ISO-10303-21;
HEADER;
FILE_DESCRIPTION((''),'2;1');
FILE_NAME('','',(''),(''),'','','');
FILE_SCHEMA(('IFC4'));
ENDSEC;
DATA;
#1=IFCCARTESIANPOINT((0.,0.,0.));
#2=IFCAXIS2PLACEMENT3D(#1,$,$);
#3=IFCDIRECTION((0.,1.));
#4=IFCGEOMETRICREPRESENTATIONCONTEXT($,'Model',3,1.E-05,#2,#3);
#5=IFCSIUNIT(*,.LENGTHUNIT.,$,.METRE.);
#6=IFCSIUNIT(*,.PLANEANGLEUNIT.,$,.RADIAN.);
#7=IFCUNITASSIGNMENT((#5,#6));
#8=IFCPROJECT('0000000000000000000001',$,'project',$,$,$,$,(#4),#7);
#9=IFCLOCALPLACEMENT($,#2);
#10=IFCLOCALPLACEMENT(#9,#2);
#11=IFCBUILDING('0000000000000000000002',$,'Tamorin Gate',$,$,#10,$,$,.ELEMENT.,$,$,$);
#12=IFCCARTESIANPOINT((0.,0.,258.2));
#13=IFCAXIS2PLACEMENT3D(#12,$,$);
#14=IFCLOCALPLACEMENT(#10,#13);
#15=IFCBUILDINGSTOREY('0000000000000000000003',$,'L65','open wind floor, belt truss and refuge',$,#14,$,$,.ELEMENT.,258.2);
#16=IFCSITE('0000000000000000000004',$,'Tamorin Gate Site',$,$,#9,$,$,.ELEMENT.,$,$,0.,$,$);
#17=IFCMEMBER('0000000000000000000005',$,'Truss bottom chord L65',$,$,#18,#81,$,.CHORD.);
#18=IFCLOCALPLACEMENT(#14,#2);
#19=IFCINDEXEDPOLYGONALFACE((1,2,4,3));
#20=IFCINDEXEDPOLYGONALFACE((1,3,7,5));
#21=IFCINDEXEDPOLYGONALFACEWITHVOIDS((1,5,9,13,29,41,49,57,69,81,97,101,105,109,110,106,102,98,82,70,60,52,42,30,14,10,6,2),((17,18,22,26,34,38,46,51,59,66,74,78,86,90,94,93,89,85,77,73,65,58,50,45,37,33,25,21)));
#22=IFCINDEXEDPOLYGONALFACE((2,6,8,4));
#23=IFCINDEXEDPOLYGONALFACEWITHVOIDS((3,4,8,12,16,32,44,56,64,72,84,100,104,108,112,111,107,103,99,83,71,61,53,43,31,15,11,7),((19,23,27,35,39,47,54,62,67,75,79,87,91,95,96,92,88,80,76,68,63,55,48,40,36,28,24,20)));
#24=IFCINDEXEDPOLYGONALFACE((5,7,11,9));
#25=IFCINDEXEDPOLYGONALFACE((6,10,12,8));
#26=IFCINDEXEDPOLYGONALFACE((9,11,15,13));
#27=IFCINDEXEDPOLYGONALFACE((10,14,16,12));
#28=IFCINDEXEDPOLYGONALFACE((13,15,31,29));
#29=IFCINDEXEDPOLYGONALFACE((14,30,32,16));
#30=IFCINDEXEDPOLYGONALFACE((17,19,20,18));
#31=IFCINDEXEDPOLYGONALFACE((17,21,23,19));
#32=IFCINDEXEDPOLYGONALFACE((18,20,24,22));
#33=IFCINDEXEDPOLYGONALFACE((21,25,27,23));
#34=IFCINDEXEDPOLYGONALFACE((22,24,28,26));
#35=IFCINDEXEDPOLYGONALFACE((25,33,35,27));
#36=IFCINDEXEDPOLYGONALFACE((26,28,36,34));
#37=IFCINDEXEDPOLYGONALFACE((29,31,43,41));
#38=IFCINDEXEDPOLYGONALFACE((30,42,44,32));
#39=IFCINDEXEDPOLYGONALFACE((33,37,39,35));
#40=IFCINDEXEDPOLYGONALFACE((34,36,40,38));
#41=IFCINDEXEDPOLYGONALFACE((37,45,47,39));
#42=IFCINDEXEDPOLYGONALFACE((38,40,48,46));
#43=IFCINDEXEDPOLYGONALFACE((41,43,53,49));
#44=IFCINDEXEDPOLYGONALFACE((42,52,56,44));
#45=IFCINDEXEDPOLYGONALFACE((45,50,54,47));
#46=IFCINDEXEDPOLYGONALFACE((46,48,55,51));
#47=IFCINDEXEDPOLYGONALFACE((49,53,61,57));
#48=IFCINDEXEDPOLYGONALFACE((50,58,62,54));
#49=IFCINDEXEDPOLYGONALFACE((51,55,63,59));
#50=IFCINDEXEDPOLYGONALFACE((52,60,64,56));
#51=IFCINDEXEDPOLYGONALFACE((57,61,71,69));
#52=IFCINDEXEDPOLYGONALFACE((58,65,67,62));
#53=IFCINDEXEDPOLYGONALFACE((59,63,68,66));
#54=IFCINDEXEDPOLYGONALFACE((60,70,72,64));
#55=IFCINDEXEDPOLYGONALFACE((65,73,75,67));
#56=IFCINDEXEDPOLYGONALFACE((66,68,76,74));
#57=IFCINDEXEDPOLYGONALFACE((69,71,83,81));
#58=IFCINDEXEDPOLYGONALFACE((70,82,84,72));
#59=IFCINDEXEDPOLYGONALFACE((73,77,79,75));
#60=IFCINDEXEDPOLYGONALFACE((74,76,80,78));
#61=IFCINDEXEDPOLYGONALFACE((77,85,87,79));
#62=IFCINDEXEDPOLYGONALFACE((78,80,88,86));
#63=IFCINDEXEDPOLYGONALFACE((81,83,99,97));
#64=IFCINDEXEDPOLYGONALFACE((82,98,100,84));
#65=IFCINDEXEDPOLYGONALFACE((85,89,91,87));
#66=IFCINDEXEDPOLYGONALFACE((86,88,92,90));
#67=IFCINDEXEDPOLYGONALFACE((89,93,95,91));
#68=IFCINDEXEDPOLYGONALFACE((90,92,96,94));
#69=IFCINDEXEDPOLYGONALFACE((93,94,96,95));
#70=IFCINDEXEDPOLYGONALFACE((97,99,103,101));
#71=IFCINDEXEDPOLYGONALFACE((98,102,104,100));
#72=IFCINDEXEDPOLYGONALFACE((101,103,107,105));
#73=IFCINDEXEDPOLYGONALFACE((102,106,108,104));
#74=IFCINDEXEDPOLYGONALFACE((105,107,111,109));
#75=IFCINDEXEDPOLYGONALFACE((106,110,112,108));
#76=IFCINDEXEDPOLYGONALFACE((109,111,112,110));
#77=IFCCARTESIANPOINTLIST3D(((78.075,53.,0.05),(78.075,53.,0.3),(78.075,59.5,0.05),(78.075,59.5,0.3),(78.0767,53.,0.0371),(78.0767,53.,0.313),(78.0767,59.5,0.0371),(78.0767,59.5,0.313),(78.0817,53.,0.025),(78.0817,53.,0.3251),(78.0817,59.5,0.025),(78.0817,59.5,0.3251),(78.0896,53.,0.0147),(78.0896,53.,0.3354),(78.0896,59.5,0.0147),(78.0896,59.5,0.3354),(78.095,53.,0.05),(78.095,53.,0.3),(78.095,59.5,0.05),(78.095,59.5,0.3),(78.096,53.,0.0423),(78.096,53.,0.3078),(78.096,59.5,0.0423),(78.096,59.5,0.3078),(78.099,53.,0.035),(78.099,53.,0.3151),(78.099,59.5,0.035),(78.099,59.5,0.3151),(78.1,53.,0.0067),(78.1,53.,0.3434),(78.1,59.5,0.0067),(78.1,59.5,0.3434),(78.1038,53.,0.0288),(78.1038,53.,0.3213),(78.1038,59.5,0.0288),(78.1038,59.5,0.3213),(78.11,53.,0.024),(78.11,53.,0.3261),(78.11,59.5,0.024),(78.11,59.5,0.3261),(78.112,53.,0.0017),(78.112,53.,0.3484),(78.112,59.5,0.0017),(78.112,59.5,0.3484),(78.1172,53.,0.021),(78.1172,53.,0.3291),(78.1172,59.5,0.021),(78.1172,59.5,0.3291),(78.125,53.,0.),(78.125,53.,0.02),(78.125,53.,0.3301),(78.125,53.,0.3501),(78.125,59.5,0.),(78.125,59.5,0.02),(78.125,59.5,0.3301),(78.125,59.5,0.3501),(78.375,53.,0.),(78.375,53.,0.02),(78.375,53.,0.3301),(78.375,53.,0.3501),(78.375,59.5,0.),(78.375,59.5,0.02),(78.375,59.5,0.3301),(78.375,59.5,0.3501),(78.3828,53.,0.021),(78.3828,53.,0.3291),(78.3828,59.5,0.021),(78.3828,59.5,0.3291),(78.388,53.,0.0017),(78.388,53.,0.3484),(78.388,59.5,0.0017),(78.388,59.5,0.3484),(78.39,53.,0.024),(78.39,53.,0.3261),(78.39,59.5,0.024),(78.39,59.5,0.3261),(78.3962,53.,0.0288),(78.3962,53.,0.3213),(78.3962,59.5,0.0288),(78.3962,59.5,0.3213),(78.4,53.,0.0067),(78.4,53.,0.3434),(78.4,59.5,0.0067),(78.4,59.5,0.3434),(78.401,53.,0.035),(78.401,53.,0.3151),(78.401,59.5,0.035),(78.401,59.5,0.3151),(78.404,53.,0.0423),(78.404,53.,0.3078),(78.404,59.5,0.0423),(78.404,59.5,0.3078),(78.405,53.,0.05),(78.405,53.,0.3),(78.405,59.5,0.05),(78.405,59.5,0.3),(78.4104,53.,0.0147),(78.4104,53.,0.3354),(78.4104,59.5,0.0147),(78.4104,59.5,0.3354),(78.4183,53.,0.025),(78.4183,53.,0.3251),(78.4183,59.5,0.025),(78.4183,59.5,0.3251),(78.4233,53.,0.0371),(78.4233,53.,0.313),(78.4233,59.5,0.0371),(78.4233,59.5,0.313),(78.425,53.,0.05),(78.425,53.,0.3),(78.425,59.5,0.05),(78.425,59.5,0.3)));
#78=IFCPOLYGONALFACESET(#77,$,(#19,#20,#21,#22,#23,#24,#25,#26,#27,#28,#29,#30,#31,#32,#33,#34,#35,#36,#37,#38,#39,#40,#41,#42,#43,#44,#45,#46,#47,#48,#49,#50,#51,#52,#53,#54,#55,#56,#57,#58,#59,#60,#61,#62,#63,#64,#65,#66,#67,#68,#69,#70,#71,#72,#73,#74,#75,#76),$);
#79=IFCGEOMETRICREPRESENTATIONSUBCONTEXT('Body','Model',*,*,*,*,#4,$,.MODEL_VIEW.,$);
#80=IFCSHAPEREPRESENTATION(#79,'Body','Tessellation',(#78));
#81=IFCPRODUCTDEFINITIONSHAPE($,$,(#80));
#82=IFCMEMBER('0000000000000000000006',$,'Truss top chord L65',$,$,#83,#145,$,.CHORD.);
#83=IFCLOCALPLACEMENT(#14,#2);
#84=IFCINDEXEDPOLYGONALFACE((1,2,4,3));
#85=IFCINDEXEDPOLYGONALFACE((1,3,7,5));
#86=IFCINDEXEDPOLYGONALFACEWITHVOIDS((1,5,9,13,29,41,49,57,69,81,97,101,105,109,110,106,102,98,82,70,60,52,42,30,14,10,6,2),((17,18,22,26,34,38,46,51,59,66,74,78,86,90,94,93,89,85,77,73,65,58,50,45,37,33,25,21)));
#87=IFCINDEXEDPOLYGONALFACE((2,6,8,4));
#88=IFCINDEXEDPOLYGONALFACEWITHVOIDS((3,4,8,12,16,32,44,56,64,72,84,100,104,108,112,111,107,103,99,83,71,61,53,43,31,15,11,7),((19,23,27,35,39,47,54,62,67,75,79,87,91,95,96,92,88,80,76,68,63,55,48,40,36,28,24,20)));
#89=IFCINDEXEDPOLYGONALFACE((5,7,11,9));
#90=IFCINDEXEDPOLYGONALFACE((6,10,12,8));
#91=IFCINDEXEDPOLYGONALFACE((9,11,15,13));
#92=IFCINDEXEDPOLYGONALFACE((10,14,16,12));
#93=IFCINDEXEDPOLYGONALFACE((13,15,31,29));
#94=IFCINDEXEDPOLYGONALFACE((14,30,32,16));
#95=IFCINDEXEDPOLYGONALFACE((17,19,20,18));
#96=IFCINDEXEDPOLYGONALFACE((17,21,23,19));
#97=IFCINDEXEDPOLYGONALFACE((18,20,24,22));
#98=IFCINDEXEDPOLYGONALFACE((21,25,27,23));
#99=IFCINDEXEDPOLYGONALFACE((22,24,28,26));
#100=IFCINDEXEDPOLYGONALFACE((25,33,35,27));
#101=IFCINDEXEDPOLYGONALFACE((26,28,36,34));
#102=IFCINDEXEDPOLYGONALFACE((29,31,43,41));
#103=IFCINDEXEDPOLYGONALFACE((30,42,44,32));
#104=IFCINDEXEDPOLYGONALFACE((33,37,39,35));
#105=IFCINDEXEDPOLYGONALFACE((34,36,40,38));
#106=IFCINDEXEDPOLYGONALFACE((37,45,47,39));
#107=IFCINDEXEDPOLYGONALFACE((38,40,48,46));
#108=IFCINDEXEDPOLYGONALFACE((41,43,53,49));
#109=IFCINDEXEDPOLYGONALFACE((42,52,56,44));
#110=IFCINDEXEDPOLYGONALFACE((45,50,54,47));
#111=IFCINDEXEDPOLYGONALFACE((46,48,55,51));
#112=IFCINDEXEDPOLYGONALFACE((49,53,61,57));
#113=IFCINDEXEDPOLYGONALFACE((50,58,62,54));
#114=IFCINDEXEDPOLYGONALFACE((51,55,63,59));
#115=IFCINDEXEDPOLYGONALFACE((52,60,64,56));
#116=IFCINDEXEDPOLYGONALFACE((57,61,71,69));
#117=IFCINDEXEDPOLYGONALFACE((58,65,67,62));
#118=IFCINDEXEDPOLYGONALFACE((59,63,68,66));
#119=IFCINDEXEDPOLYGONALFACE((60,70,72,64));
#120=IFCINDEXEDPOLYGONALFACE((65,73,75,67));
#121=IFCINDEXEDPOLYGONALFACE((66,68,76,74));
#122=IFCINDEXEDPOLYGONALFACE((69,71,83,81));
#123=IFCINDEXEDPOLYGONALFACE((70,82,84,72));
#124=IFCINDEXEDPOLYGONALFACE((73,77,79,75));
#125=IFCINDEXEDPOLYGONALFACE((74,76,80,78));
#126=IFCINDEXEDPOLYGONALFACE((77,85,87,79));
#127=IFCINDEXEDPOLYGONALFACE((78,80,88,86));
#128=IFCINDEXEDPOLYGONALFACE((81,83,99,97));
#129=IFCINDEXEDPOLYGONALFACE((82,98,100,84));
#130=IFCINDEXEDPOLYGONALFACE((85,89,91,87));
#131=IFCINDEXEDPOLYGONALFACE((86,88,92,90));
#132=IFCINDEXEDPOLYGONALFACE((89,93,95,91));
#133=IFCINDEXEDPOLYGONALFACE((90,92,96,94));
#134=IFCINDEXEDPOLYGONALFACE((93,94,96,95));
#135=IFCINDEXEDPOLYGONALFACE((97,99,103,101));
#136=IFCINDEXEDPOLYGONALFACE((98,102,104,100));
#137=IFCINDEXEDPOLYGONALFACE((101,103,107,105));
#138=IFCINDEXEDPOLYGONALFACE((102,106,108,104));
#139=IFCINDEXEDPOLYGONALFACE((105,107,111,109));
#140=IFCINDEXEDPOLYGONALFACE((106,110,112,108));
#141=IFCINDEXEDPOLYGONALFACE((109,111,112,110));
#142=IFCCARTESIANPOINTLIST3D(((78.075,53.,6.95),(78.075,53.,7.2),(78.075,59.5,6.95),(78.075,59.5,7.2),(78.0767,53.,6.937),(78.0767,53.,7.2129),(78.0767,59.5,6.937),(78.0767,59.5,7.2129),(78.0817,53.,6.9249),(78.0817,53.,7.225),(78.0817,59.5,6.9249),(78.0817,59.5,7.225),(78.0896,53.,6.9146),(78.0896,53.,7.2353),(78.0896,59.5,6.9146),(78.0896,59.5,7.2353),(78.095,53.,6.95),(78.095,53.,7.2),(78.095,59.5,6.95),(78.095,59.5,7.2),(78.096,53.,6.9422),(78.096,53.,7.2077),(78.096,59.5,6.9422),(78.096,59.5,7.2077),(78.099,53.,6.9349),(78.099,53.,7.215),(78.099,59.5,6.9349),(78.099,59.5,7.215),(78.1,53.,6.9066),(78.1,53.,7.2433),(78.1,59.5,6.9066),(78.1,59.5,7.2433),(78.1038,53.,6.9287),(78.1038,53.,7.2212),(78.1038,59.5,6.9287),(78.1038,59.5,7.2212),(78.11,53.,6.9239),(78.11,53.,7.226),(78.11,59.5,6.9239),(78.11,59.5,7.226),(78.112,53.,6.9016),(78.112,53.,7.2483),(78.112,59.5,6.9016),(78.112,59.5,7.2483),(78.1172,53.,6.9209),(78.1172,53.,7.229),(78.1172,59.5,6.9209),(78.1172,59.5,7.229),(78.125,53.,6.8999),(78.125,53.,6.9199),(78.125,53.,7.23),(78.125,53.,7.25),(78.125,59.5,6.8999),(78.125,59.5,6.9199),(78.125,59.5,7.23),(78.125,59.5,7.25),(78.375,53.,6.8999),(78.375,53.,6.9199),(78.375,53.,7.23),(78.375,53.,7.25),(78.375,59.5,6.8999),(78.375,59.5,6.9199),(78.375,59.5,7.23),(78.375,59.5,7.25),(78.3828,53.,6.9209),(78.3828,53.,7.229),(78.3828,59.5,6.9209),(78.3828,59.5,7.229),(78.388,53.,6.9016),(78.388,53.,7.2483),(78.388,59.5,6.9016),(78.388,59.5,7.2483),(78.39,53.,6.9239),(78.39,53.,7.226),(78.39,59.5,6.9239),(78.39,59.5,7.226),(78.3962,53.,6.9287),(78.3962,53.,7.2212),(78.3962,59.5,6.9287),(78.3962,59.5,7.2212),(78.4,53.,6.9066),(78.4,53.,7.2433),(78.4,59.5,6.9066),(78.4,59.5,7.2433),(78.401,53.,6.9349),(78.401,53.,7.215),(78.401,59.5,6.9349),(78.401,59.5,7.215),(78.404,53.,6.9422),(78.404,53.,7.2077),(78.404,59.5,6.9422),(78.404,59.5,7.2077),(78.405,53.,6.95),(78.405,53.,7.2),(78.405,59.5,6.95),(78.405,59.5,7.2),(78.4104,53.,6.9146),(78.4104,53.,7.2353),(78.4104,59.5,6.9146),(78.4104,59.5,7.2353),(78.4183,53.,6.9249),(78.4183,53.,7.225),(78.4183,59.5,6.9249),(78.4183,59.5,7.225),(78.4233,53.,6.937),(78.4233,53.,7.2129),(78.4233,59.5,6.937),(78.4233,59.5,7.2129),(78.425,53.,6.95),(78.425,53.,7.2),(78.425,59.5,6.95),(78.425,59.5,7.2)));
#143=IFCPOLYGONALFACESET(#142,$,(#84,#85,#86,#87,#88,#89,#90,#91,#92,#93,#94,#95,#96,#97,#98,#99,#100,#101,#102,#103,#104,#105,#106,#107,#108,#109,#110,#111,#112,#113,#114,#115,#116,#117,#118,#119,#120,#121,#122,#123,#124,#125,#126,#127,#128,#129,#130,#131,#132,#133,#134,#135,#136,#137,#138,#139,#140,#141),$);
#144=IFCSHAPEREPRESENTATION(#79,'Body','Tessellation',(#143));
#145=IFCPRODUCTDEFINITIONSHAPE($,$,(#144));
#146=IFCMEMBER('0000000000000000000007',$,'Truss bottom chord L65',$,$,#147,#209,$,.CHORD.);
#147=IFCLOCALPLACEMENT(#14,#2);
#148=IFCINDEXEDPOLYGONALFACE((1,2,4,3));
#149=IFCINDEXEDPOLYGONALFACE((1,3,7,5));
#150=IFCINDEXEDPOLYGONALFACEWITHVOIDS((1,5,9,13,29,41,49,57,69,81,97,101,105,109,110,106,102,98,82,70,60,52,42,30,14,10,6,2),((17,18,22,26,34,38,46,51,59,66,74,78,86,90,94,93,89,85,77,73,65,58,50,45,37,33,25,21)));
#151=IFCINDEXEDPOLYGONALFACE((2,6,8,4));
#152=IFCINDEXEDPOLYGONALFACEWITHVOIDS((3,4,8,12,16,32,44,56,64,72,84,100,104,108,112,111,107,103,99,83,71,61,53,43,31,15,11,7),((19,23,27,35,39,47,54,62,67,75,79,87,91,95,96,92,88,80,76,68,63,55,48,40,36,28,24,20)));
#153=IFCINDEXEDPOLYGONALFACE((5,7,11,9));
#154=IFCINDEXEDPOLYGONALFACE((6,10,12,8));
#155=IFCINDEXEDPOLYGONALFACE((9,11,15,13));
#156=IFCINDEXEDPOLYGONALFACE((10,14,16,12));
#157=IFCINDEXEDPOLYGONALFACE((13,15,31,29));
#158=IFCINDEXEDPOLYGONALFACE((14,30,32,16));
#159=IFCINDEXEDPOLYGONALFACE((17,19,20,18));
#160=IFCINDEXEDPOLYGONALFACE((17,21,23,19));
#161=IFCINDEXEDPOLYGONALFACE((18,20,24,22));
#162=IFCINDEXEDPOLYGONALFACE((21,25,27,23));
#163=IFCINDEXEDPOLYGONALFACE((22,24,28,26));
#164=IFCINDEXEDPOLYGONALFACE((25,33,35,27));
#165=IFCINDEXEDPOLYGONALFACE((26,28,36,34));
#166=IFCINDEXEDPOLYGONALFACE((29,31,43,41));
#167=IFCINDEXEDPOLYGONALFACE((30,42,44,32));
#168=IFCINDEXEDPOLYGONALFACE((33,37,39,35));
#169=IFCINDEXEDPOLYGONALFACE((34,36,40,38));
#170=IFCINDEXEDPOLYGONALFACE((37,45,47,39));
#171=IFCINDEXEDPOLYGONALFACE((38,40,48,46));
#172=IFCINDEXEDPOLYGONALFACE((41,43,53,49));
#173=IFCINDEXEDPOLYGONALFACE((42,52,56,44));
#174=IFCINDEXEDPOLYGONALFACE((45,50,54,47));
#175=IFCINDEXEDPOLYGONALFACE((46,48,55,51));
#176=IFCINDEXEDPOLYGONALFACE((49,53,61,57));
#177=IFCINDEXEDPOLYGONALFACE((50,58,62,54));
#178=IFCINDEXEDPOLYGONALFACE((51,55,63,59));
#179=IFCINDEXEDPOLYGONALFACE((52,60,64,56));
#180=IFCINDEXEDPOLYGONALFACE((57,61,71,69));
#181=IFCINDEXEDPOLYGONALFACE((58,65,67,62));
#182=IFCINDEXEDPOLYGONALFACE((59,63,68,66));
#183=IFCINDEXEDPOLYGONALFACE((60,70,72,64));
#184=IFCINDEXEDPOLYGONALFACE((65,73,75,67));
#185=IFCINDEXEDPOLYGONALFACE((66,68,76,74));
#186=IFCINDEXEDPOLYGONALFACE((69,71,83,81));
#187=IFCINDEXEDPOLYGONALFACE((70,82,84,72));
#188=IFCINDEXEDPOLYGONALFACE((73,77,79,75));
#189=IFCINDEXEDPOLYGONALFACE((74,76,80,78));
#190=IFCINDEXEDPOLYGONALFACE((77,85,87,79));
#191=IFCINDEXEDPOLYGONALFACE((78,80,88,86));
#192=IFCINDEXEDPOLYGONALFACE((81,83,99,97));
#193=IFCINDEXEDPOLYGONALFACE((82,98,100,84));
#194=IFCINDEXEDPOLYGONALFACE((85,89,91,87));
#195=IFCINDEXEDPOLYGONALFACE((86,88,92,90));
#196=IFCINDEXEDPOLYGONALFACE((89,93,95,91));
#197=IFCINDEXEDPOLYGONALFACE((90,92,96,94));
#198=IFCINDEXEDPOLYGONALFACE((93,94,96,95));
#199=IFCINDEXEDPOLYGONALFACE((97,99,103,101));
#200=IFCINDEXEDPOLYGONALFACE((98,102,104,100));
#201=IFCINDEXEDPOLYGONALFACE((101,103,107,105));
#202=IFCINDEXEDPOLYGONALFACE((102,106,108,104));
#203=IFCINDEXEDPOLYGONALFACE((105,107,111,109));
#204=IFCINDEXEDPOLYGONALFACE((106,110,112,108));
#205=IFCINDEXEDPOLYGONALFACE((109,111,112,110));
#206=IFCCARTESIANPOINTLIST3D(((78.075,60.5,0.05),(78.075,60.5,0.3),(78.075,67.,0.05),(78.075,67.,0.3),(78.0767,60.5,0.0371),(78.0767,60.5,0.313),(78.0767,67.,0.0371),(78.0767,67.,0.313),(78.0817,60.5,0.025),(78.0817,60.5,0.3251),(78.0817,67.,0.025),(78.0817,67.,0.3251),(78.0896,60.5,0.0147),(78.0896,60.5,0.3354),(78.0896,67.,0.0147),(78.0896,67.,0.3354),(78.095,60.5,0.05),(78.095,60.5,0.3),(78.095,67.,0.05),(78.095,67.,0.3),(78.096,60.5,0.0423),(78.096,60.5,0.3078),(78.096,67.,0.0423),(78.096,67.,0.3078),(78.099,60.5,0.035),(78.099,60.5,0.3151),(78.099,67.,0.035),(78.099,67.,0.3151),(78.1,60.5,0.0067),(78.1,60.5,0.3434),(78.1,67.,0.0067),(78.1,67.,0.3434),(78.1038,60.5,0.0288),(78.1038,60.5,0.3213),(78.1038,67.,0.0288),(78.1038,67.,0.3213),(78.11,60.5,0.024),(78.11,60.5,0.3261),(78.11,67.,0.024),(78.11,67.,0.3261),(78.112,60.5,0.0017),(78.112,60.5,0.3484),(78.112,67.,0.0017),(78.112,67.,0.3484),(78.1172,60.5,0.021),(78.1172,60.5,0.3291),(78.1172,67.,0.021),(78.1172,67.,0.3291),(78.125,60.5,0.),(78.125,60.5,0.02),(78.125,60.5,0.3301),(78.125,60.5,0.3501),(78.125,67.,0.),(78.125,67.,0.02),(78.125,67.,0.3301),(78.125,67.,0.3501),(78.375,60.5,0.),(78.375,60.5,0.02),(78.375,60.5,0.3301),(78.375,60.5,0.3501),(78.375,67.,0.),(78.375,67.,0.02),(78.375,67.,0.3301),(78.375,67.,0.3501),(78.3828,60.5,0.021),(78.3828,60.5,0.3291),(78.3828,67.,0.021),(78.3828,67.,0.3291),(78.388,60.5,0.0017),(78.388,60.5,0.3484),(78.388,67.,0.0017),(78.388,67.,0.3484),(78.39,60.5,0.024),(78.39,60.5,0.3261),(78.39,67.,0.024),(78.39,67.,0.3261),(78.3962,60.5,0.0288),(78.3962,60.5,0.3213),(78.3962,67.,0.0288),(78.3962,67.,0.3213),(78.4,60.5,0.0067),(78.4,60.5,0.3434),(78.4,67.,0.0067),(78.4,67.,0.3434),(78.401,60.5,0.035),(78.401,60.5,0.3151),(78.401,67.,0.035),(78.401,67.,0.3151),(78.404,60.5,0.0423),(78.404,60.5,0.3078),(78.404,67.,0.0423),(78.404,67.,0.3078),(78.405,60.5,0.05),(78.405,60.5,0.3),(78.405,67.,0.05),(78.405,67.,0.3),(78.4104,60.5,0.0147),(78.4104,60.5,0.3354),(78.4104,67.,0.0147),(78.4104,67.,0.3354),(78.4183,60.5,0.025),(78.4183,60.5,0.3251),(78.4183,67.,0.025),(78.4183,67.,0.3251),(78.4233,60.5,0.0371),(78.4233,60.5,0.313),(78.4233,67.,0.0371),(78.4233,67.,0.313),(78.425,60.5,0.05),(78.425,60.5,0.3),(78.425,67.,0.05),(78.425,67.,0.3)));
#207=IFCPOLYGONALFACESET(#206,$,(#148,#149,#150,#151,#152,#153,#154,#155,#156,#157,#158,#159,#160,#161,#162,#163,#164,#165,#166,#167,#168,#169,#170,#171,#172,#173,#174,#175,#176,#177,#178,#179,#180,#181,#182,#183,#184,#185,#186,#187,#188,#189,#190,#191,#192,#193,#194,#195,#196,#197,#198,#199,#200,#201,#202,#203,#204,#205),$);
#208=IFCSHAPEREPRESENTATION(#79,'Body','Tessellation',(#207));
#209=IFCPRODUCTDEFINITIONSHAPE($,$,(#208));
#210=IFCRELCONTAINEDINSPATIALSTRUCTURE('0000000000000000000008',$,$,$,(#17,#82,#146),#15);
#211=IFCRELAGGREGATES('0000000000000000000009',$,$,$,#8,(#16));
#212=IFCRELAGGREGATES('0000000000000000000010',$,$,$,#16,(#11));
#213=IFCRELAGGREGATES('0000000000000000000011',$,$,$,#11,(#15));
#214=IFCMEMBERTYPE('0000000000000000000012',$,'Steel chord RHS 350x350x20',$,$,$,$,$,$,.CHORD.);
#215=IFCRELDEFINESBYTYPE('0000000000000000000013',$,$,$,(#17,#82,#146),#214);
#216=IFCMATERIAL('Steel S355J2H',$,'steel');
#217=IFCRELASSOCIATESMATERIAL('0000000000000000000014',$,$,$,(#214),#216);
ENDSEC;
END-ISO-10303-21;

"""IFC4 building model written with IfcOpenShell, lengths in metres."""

from ifc_helpers import new_model, si_unit, direction, frame, origin, origin_2d, place, context, subcontext, project, spatial, hollow_rectangle, extrude, material, material_profile, profile_set, type_object, element, save


model = new_model("IFC4")

# Units and contexts
model_context = context("Model", 3, precision=1e-05, world=origin(), true_north=direction((0.0, 1.0)))
body_context = subcontext(model_context, "Body", "Model", "MODEL_VIEW")
ifc_project = project(units=[si_unit("LENGTHUNIT", "METRE"), si_unit("PLANEANGLEUNIT", "RADIAN")], contexts=[model_context])

# Site, building, storey
site_placement = place(None, origin())
site = spatial("IfcSite", under=ifc_project, at=site_placement, Name="Tamorin Gate Site", CompositionType="ELEMENT", RefElevation=0.0)
building_placement = place(site_placement, origin())
building = spatial("IfcBuilding", under=site, at=building_placement, Name="Tamorin Gate", CompositionType="ELEMENT")
storey_placement = place(building_placement, frame((0.0, 0.0, 258.2)))
storey = spatial("IfcBuildingStorey", under=building, at=storey_placement, Name="L65", Description="open wind floor, belt truss and refuge", CompositionType="ELEMENT", Elevation=258.2)

# Members
ifc_material_1 = material(Name="Steel S355J2H", Category="steel")
ifc_material_profile_1 = material_profile(ifc_material_1, hollow_rectangle(XDim=0.3501, YDim=0.3501, WallThickness=0.02, InnerFilletRadius=0.03, OuterFilletRadius=0.05, at=origin_2d()), Name="RHS 350x350x20")
ifc_profile_set_1 = profile_set([ifc_material_profile_1], Name="Steel S355J2H")
member_type_1 = type_object("IfcMemberType", Name="Steel chord RHS 350x350x20", PredefinedType="CHORD", material=ifc_profile_set_1)
for number, where, z_axis, x_axis, name in (
    (1, (78.25, 53.0, 0.175), (0.0, 1.0, 0.0), (-1.0, 0.0, 0.0), "Truss bottom chord L65"),
    (2, (78.25, 53.0, 7.075), (0.0, 1.0, 0.0), (-1.0, 0.0, 0.0), "Truss top chord L65"),
    (3, (78.25, 60.5, 0.175), (0.0, 1.0, 0.0), (-1.0, 0.0, 0.0), "Truss bottom chord L65"),
):
    element("IfcMember", number, at=place(storey_placement, frame(where, z_axis=z_axis, x_axis=x_axis)), inside=storey, type_object=member_type_1, Name=name, PredefinedType="CHORD", context=body_context, shape_type="SweptSolid", body=[
        extrude(hollow_rectangle(XDim=0.3501, YDim=0.3501, WallThickness=0.02, InnerFilletRadius=0.03, OuterFilletRadius=0.05, at=origin_2d()), origin(), (0.0, 0.0, 1.0), 6.5),
    ])

save(model, "model.ifc")
